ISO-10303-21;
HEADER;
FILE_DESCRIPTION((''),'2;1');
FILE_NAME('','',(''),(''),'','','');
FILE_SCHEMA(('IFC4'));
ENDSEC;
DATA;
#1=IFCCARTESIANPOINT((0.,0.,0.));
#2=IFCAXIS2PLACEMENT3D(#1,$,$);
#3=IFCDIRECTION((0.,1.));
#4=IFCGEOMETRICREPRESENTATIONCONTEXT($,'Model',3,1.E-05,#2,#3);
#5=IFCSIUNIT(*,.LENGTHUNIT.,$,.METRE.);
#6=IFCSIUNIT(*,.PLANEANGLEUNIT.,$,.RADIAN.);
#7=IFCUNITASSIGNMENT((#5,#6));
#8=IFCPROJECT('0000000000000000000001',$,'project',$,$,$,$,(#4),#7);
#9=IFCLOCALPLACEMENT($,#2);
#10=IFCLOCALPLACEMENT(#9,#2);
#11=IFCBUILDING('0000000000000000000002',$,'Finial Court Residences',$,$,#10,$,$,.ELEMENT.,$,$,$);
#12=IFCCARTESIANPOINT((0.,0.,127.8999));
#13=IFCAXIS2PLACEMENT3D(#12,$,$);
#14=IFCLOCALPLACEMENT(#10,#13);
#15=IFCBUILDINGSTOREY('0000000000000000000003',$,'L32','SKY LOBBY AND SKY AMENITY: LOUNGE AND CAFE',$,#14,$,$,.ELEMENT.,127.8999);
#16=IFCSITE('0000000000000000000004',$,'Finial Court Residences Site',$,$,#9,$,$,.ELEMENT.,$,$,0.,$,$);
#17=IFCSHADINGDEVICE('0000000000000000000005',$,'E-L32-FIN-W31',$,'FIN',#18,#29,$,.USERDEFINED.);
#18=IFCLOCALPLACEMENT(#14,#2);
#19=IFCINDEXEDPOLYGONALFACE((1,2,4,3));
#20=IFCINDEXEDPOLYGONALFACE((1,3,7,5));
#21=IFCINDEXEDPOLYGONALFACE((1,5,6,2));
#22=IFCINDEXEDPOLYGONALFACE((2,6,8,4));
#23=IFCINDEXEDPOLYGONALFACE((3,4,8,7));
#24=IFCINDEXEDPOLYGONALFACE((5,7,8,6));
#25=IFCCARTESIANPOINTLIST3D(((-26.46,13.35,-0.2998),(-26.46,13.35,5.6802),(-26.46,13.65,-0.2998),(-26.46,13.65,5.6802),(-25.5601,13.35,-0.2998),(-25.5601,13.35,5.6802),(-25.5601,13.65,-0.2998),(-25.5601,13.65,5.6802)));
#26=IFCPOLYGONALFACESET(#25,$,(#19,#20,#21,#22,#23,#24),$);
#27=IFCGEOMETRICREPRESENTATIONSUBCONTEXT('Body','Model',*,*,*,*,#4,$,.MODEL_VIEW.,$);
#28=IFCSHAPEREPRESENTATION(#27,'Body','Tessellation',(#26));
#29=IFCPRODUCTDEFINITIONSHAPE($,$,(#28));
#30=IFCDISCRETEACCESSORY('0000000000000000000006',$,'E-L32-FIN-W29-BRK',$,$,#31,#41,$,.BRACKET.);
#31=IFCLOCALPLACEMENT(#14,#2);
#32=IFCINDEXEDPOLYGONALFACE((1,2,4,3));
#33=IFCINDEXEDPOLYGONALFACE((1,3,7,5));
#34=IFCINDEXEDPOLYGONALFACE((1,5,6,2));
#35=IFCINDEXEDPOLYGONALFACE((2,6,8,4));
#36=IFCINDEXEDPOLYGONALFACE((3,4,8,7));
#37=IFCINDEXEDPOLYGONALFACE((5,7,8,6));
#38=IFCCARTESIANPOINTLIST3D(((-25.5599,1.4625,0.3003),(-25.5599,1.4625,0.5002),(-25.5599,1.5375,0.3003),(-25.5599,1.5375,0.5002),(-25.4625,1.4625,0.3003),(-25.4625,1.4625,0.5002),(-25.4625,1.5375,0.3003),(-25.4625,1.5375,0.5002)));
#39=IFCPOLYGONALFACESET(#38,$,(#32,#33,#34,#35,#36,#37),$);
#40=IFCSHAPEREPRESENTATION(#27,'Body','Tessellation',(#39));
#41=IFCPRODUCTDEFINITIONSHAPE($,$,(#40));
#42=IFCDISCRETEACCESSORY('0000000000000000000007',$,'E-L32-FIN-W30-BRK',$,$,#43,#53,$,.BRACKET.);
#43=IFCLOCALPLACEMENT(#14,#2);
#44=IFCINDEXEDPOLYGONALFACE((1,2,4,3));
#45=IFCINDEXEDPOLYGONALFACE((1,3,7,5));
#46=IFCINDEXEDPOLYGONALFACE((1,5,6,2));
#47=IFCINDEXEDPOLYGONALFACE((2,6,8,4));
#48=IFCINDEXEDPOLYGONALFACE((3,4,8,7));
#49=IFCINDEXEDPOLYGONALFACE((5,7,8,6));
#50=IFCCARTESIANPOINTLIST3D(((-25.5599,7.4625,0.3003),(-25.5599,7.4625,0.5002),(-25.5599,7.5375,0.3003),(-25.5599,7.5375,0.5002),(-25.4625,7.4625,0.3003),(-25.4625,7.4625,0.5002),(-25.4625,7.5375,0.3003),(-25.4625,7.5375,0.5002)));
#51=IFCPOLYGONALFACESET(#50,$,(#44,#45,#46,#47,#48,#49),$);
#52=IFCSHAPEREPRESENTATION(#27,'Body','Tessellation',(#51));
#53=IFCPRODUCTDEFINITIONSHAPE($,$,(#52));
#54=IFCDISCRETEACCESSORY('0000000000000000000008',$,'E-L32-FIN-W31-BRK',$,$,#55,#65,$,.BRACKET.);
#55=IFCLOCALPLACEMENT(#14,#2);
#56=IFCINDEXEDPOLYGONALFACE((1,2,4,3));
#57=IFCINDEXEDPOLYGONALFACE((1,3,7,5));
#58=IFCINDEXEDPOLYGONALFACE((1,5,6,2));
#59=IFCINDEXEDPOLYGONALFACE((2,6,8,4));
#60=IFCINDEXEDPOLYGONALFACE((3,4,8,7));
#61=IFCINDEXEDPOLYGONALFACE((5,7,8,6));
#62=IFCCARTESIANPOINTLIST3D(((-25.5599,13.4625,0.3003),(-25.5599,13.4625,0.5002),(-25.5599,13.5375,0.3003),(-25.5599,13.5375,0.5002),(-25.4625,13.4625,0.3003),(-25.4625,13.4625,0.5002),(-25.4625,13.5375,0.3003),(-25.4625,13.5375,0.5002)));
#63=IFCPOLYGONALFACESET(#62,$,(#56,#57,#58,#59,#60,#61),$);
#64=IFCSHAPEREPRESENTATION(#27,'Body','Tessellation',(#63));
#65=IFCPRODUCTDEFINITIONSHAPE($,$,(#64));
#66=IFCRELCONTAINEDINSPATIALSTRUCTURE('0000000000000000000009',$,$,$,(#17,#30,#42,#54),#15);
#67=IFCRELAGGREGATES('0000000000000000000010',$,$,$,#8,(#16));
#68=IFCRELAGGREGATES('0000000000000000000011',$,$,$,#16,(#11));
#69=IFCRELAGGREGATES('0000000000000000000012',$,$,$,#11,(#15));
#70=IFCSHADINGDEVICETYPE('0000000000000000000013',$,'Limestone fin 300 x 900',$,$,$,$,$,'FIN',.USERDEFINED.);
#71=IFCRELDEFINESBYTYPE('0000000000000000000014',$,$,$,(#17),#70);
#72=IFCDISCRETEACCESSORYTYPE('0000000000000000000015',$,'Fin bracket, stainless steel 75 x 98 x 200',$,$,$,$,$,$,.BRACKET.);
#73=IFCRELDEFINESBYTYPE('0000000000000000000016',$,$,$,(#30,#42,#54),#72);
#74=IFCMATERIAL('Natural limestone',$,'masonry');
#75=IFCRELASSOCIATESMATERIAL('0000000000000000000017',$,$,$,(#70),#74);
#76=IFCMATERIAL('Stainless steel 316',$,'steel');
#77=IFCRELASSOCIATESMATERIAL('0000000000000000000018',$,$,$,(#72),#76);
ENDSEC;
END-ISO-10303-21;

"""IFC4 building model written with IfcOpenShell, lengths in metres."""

from ifc_helpers import new_model, si_unit, direction, frame, origin, origin_2d, place, context, subcontext, project, spatial, rectangle, extrude, material, type_object, element, save


model = new_model("IFC4")

# Units and contexts
model_context = context("Model", 3, precision=1e-05, world=origin(), true_north=direction((0.0, 1.0)))
body_context = subcontext(model_context, "Body", "Model", "MODEL_VIEW")
ifc_project = project(units=[si_unit("LENGTHUNIT", "METRE"), si_unit("PLANEANGLEUNIT", "RADIAN")], contexts=[model_context])

# Site, building, storey
site_placement = place(None, origin())
site = spatial("IfcSite", under=ifc_project, at=site_placement, Name="Finial Court Residences Site", CompositionType="ELEMENT", RefElevation=0.0)
building_placement = place(site_placement, origin())
building = spatial("IfcBuilding", under=site, at=building_placement, Name="Finial Court Residences", CompositionType="ELEMENT")
storey_placement = place(building_placement, frame((0.0, 0.0, 127.8999)))
storey = spatial("IfcBuildingStorey", under=building, at=storey_placement, Name="L32", Description="SKY LOBBY AND SKY AMENITY: LOUNGE AND CAFE", CompositionType="ELEMENT", Elevation=127.8999)

# Shading device
ifc_material_1 = material(Name="Natural limestone", Category="masonry")
shading_device_type = type_object("IfcShadingDeviceType", Name="Limestone fin 300 x 900", ElementType="FIN", PredefinedType="USERDEFINED", material=ifc_material_1)
for number, where, z_axis, x_axis, name in (
    (1, (-26.01, 13.5, -0.2998), (0.0, 0.0, 1.0), (1.0, 0.0, 0.0), "E-L32-FIN-W31"),
):
    element("IfcShadingDevice", number, at=place(storey_placement, frame(where, z_axis=z_axis, x_axis=x_axis)), inside=storey, type_object=shading_device_type, Name=name, ObjectType="FIN", PredefinedType="USERDEFINED", context=body_context, shape_type="SweptSolid", body=[
        extrude(rectangle(XDim=0.8999, YDim=0.3, at=origin_2d()), origin(), (0.0, 0.0, 1.0), 5.98),
    ])

# Discrete accessories
ifc_material_2 = material(Name="Stainless steel 316", Category="steel")
discrete_accessory_type = type_object("IfcDiscreteAccessoryType", Name="Fin bracket, stainless steel 75 x 98 x 200", PredefinedType="BRACKET", material=ifc_material_2)
for number, where, z_axis, x_axis, name in (
    (2, (-25.5112, 1.5, 0.3003), (0.0, 0.0, 1.0), (1.0, 0.0, 0.0), "E-L32-FIN-W29-BRK"),
    (3, (-25.5112, 7.5, 0.3003), (0.0, 0.0, 1.0), (1.0, 0.0, 0.0), "E-L32-FIN-W30-BRK"),
    (4, (-25.5112, 13.5, 0.3003), (0.0, 0.0, 1.0), (1.0, 0.0, 0.0), "E-L32-FIN-W31-BRK"),
):
    element("IfcDiscreteAccessory", number, at=place(storey_placement, frame(where, z_axis=z_axis, x_axis=x_axis)), inside=storey, type_object=discrete_accessory_type, Name=name, PredefinedType="BRACKET", context=body_context, shape_type="SweptSolid", body=[
        extrude(rectangle(XDim=0.0974, YDim=0.075, at=origin_2d()), origin(), (0.0, 0.0, 1.0), 0.2),
    ])

save(model, "model.ifc")
